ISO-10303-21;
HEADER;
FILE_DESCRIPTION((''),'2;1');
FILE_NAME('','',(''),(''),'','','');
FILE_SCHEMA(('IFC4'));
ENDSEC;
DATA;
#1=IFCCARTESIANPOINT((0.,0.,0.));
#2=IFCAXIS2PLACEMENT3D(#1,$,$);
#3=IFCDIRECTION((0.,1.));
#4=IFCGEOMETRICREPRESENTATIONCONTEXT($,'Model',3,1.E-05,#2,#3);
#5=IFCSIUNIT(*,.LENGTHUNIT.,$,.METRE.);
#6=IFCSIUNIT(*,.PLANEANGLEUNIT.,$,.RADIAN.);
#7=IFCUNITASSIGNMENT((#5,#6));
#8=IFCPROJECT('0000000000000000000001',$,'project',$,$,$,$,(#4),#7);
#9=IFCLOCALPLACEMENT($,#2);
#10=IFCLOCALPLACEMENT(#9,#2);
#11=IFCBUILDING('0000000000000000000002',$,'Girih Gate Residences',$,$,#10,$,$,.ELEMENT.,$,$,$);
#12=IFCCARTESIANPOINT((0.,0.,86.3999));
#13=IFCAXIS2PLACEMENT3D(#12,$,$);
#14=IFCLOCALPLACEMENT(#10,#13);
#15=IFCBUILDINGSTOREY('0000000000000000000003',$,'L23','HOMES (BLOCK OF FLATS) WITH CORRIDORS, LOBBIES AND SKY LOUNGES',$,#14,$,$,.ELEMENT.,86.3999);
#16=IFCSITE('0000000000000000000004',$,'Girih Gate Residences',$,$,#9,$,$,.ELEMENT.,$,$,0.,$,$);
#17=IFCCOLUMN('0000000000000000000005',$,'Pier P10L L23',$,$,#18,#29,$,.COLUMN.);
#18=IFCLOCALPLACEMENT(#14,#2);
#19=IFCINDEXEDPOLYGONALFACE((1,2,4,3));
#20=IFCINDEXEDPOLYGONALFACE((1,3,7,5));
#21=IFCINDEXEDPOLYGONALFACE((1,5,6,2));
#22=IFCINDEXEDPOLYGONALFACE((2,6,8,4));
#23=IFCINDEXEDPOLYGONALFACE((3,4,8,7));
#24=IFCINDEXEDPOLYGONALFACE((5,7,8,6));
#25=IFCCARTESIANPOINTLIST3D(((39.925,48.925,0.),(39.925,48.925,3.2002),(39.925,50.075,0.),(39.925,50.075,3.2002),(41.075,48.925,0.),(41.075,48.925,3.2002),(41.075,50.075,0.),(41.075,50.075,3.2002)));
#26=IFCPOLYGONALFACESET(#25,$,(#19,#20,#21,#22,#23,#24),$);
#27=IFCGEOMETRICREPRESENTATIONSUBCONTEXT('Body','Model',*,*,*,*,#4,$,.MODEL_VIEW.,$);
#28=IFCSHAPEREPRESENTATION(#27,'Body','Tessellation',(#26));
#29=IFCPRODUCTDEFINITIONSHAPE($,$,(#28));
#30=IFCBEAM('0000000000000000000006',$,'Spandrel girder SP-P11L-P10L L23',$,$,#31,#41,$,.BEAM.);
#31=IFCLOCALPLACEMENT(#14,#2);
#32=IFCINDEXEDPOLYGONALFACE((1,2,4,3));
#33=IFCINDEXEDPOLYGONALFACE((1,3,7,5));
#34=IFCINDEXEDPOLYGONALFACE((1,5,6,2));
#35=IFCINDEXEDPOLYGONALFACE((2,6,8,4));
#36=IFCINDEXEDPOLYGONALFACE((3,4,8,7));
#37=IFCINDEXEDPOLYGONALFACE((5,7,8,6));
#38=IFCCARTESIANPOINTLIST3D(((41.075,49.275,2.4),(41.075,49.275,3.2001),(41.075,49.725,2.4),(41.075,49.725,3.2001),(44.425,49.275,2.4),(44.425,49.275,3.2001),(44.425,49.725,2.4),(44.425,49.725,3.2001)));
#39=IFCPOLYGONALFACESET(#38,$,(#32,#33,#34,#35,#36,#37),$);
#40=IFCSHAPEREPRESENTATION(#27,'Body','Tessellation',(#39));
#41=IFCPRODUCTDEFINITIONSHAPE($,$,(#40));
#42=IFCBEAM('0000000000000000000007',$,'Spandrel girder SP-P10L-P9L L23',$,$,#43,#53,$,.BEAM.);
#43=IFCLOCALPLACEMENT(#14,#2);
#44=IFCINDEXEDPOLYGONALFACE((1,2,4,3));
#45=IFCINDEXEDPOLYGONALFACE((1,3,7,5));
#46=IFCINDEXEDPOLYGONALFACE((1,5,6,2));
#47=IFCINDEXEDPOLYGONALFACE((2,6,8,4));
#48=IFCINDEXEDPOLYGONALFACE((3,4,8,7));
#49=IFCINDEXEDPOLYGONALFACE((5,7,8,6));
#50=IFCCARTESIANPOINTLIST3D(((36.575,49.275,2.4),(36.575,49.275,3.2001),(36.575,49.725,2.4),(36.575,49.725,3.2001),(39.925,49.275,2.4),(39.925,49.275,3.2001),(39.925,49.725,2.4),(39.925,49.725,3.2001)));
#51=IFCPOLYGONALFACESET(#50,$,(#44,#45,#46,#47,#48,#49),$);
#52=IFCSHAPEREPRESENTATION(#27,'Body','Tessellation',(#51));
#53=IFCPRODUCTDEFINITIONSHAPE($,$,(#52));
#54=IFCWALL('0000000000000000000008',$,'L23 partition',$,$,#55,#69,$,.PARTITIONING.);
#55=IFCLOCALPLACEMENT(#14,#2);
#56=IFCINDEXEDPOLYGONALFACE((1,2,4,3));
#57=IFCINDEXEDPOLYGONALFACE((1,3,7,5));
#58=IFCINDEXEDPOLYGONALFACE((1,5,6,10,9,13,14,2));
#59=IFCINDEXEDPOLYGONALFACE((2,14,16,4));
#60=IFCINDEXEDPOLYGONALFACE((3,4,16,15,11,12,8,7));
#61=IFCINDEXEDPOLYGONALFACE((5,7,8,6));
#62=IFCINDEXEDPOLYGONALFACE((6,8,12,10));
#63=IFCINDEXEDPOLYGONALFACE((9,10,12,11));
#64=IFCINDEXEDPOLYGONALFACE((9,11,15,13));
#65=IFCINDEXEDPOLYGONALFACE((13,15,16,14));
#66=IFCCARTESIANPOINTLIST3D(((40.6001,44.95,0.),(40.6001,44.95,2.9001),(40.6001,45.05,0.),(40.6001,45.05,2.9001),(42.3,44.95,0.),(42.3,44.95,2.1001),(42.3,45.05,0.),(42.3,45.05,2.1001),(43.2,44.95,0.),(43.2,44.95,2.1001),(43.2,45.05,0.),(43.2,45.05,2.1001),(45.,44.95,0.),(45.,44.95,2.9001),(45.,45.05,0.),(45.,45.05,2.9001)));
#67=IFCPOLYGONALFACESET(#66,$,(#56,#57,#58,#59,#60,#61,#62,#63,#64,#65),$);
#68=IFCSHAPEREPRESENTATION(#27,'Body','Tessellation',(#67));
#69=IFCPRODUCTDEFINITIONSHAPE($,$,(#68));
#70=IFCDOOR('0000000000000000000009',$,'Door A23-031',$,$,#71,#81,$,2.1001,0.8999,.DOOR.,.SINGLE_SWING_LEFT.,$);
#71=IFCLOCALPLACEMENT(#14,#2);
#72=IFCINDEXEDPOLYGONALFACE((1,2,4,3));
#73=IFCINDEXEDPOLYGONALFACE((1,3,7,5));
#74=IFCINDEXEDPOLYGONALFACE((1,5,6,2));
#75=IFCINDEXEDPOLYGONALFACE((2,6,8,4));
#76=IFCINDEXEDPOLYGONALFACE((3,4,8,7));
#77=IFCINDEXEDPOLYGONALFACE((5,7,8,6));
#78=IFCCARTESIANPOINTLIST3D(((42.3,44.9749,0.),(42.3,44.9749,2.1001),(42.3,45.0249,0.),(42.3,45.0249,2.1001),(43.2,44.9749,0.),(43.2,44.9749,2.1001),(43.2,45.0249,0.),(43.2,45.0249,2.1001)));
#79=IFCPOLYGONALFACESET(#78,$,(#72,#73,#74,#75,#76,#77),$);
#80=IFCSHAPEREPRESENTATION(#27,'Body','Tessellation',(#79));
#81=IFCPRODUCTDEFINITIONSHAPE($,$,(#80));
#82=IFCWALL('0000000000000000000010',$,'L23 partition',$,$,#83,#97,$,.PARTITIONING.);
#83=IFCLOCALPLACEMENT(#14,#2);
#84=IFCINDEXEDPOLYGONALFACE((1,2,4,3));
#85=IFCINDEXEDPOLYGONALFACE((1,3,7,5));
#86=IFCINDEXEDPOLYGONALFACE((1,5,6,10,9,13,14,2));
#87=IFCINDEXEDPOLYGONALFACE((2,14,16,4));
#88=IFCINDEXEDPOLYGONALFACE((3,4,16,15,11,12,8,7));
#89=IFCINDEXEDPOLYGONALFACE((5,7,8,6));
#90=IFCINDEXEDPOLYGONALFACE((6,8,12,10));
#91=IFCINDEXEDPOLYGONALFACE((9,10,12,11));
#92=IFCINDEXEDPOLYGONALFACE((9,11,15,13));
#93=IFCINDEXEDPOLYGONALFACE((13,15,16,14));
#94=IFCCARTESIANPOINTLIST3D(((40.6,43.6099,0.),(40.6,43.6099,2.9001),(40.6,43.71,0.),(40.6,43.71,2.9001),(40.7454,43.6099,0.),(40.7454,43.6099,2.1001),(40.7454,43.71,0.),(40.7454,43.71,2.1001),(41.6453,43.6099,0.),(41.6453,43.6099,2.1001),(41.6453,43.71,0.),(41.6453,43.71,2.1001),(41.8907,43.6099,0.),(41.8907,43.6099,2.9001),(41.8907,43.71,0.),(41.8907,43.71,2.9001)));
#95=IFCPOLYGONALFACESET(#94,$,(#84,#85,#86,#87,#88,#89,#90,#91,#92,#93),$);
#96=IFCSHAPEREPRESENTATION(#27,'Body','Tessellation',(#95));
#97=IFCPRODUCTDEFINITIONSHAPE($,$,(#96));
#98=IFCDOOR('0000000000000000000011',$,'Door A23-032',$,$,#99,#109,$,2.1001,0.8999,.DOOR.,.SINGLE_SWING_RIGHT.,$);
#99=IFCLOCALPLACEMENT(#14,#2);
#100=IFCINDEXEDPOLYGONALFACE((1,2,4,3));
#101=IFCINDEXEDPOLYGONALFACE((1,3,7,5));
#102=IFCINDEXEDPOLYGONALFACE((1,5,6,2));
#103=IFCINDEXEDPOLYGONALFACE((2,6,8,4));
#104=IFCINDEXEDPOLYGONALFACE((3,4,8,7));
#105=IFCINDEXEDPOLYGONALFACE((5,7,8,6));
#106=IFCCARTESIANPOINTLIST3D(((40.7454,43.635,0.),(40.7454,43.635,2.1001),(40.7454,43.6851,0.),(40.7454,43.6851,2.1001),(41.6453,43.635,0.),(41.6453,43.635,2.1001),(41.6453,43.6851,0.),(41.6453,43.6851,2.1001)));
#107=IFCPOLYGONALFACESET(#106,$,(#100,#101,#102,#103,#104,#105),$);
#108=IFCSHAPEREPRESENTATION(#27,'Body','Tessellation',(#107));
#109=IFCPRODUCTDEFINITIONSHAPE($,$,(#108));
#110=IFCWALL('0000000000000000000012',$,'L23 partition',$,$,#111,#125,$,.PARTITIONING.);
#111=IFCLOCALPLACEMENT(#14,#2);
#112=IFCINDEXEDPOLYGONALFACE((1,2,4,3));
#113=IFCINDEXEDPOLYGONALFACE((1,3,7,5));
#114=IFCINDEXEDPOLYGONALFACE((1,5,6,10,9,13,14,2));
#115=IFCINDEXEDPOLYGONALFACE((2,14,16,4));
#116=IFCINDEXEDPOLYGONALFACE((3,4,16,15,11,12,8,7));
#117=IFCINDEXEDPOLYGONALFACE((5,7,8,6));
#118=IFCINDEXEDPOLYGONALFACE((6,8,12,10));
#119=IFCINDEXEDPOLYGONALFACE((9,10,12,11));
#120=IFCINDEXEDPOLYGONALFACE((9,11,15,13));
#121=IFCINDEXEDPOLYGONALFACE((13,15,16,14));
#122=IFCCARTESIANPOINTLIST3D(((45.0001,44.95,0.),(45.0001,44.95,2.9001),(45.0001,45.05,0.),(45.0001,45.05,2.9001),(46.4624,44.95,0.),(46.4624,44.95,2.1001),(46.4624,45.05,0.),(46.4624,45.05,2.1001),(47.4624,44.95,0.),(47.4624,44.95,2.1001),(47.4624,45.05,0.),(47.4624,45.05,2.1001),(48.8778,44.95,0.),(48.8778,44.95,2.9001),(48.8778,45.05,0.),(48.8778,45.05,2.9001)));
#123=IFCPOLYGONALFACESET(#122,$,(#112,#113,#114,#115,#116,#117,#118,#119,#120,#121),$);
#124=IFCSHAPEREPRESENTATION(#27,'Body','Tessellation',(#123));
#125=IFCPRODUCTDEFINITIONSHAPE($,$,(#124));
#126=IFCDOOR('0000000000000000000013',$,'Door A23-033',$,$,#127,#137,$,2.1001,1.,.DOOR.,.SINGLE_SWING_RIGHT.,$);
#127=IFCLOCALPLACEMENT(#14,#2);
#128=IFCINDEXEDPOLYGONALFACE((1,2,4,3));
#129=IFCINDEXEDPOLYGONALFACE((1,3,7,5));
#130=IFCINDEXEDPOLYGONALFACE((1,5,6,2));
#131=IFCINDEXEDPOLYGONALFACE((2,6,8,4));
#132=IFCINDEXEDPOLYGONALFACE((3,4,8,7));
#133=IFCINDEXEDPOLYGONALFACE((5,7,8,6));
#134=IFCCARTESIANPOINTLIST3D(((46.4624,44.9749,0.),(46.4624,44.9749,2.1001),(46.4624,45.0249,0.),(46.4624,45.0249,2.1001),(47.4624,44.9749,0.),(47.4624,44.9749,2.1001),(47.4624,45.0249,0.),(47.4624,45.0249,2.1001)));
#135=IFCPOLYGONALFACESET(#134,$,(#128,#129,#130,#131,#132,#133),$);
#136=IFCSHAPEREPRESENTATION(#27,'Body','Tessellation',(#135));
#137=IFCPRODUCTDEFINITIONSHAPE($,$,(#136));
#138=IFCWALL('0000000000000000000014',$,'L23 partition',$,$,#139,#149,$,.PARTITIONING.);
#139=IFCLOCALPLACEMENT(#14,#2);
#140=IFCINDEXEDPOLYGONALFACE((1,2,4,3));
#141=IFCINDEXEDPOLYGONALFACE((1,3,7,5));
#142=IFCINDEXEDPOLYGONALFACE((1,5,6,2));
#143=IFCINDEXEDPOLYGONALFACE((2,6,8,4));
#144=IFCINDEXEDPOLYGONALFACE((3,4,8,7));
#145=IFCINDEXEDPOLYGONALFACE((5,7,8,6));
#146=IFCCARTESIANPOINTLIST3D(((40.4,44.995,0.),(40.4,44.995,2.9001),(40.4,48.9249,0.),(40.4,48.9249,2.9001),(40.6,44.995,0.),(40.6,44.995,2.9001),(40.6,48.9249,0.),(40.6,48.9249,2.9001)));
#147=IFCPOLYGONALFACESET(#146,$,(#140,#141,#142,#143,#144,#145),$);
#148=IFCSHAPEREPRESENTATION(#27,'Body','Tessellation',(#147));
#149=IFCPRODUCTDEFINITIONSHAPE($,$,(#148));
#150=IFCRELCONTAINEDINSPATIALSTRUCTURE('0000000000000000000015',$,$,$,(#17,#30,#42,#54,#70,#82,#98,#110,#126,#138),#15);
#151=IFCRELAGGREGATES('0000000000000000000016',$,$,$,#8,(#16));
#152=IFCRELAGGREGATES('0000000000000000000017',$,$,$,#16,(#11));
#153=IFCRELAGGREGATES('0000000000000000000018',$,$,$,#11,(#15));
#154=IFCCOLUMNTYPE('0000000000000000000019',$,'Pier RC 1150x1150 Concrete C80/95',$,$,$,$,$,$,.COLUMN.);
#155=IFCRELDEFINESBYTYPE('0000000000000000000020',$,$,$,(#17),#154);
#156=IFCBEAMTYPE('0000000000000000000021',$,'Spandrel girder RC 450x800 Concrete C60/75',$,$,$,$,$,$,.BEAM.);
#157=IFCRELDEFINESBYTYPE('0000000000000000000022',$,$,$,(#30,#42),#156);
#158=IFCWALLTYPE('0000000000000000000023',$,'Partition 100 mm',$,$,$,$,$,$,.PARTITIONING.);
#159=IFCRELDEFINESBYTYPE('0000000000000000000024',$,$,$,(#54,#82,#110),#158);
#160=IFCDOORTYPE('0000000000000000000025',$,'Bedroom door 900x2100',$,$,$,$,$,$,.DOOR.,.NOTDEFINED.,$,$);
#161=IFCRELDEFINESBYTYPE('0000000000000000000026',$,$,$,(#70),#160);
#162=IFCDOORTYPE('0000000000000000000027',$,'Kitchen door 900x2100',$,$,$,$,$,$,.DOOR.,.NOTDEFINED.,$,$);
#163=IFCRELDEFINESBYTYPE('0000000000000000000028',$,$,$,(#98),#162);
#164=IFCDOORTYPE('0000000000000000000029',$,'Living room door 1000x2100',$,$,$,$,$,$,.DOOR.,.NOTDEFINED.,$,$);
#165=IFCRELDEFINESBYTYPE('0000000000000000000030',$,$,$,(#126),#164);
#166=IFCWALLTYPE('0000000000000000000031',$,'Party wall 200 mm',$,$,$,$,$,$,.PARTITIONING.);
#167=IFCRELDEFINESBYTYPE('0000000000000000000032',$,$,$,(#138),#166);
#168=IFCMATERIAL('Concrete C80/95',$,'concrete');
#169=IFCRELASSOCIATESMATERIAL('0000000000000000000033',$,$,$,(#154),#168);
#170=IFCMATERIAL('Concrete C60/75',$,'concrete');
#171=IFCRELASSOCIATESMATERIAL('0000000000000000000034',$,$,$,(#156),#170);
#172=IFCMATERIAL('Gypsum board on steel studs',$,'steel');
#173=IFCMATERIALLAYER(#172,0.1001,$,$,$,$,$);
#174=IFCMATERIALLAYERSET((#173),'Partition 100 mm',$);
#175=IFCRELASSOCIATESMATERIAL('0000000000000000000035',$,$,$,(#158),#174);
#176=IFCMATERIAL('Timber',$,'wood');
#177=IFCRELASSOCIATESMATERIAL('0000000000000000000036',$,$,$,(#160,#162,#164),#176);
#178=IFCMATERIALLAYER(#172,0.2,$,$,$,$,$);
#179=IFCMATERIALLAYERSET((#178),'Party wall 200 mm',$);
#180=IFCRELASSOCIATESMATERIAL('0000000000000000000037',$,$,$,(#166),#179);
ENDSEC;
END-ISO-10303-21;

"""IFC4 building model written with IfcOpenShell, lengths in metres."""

from ifc_helpers import new_model, si_unit, direction, frame, frame_2d, origin, origin_2d, place, context, subcontext, project, spatial, rectangle, extrude, material, layer, layer_set, material_profile, profile_set, type_object, element, fill, save


model = new_model("IFC4")

# Units and contexts
model_context = context("Model", 3, precision=1e-05, world=origin(), true_north=direction((0.0, 1.0)))
body_context = subcontext(model_context, "Body", "Model", "MODEL_VIEW")
ifc_project = project(units=[si_unit("LENGTHUNIT", "METRE"), si_unit("PLANEANGLEUNIT", "RADIAN")], contexts=[model_context])

# Site, building, storey
site_placement = place(None, origin())
site = spatial("IfcSite", under=ifc_project, at=site_placement, Name="Girih Gate Residences", CompositionType="ELEMENT", RefElevation=0.0)
building_placement = place(site_placement, origin())
building = spatial("IfcBuilding", under=site, at=building_placement, Name="Girih Gate Residences", CompositionType="ELEMENT")
storey_placement = place(building_placement, frame((0.0, 0.0, 86.3999)))
storey = spatial("IfcBuildingStorey", under=building, at=storey_placement, Name="L23", Description="HOMES (BLOCK OF FLATS) WITH CORRIDORS, LOBBIES AND SKY LOUNGES", CompositionType="ELEMENT", Elevation=86.3999)

# Column
ifc_material_1 = material(Name="Concrete C80/95", Category="concrete")
ifc_material_profile_1 = material_profile(ifc_material_1, rectangle(XDim=1.1499, YDim=1.1499, at=origin_2d()))
ifc_profile_set_1 = profile_set([ifc_material_profile_1], Name="Concrete C80/95")
column_type = type_object("IfcColumnType", Name="Pier RC 1150x1150 Concrete C80/95", PredefinedType="COLUMN", material=ifc_profile_set_1)
column_placement = place(storey_placement, frame((40.5, 49.5, 0.0), z_axis=(0.0, 0.0, 1.0), x_axis=(1.0, 0.0, 0.0)))
element("IfcColumn", 1, at=column_placement, inside=storey, type_object=column_type, Name="Pier P10L L23", PredefinedType="COLUMN", context=body_context, shape_type="SweptSolid", body=[
    extrude(rectangle(XDim=1.1499, YDim=1.1499, at=origin_2d()), origin(), (0.0, 0.0, 1.0), 3.2002),
])

# Beams
ifc_material_2 = material(Name="Concrete C60/75", Category="concrete")
ifc_material_profile_2 = material_profile(ifc_material_2, rectangle(XDim=0.45, YDim=0.8, at=origin_2d()))
ifc_profile_set_2 = profile_set([ifc_material_profile_2], Name="Concrete C60/75")
beam_type = type_object("IfcBeamType", Name="Spandrel girder RC 450x800 Concrete C60/75", PredefinedType="BEAM", material=ifc_profile_set_2)
for number, where, z_axis, x_axis, name in (
    (2, (44.425, 49.5, 2.8), (-1.0, 0.0, 0.0), (0.0, -1.0, 0.0), "Spandrel girder SP-P11L-P10L L23"),
    (3, (39.925, 49.5, 2.8), (-1.0, 0.0, 0.0), (0.0, -1.0, 0.0), "Spandrel girder SP-P10L-P9L L23"),
):
    element("IfcBeam", number, at=place(storey_placement, frame(where, z_axis=z_axis, x_axis=x_axis)), inside=storey, type_object=beam_type, Name=name, PredefinedType="BEAM", context=body_context, shape_type="SweptSolid", body=[
        extrude(rectangle(XDim=0.45, YDim=0.8, at=origin_2d()), origin(), (0.0, 0.0, 1.0), 3.3501),
    ])

# Walls, openings, doors
ifc_material_3 = material(Name="Gypsum board on steel studs", Category="steel")
ifc_layer_1 = layer(ifc_material_3, 0.1001)
ifc_layer_set_1 = layer_set([ifc_layer_1], Name="Partition 100 mm")
wall_type_1 = type_object("IfcWallType", Name="Partition 100 mm", PredefinedType="PARTITIONING", material=ifc_layer_set_1)
wall_1_placement = place(storey_placement, frame((40.6001, 45.0, 0.0), z_axis=(0.0, 0.0, 1.0), x_axis=(1.0, 0.0, 0.0)))
wall_1 = element("IfcWall", 4, at=wall_1_placement, inside=storey, type_object=wall_type_1, Name="L23 partition", PredefinedType="PARTITIONING", context=body_context, shape_type="SweptSolid", body=[
    extrude(rectangle(XDim=4.3999, YDim=0.1001, at=frame_2d((2.2, 0.0))), origin(), (0.0, 0.0, 1.0), 2.9001),
])
opening_1_placement = place(wall_1_placement, frame((1.7, 0.0, 0.0)))
opening_1 = element("IfcOpeningElement", 5, at=opening_1_placement, cuts=wall_1, PredefinedType="OPENING", context=body_context, shape_type="SweptSolid", body=[
    extrude(rectangle(XDim=0.8999, YDim=2.1001, at=frame_2d((0.45, 1.05))), frame((0.0, 0.0601, 0.0), z_axis=(0.0, -1.0, 0.0), x_axis=(1.0, 0.0, 0.0)), (0.0, 0.0, 1.0), 0.1201),
])
ifc_material_4 = material(Name="Timber", Category="wood")
door_type_1 = type_object("IfcDoorType", Name="Bedroom door 900x2100", OperationType="NOTDEFINED", PredefinedType="DOOR", material=ifc_material_4)
door_1_placement = place(opening_1_placement, origin())
door_1 = element("IfcDoor", 6, at=door_1_placement, inside=storey, type_object=door_type_1, Name="Door A23-031", OperationType="SINGLE_SWING_LEFT", OverallHeight=2.1001, OverallWidth=0.8999, PredefinedType="DOOR", context=body_context, shape_type="SweptSolid", body=[
    extrude(rectangle(XDim=0.8999, YDim=2.1001, at=frame_2d((0.45, 1.05))), frame((0.0, 0.0249, 0.0), z_axis=(0.0, -1.0, 0.0), x_axis=(1.0, 0.0, 0.0)), (0.0, 0.0, 1.0), 0.05),
])
fill(opening_1, door_1)
wall_2_placement = place(storey_placement, frame((41.8909, 43.6599, 0.0), z_axis=(0.0, 0.0, 1.0), x_axis=(-1.0, 0.0, 0.0)))
wall_2 = element("IfcWall", 7, at=wall_2_placement, inside=storey, type_object=wall_type_1, Name="L23 partition", PredefinedType="PARTITIONING", context=body_context, shape_type="SweptSolid", body=[
    extrude(rectangle(XDim=1.2908, YDim=0.1001, at=frame_2d((0.6455, 0.0))), origin(), (0.0, 0.0, 1.0), 2.9001),
])
opening_2_placement = place(wall_2_placement, frame((0.2456, 0.0, 0.0)))
opening_2 = element("IfcOpeningElement", 8, at=opening_2_placement, cuts=wall_2, PredefinedType="OPENING", context=body_context, shape_type="SweptSolid", body=[
    extrude(rectangle(XDim=0.8999, YDim=2.1001, at=frame_2d((0.45, 1.05))), frame((0.0, 0.0601, 0.0), z_axis=(0.0, -1.0, 0.0), x_axis=(1.0, 0.0, 0.0)), (0.0, 0.0, 1.0), 0.1201),
])
door_type_2 = type_object("IfcDoorType", Name="Kitchen door 900x2100", OperationType="NOTDEFINED", PredefinedType="DOOR", material=ifc_material_4)
door_2_placement = place(opening_2_placement, origin())
door_2 = element("IfcDoor", 9, at=door_2_placement, inside=storey, type_object=door_type_2, Name="Door A23-032", OperationType="SINGLE_SWING_RIGHT", OverallHeight=2.1001, OverallWidth=0.8999, PredefinedType="DOOR", context=body_context, shape_type="SweptSolid", body=[
    extrude(rectangle(XDim=0.8999, YDim=2.1001, at=frame_2d((0.45, 1.05))), frame((0.0, 0.0249, 0.0), z_axis=(0.0, -1.0, 0.0), x_axis=(1.0, 0.0, 0.0)), (0.0, 0.0, 1.0), 0.05),
])
fill(opening_2, door_2)
wall_3_placement = place(storey_placement, frame((45.0, 45.0, 0.0), z_axis=(0.0, 0.0, 1.0), x_axis=(1.0, 0.0, 0.0)))
wall_3 = element("IfcWall", 10, at=wall_3_placement, inside=storey, type_object=wall_type_1, Name="L23 partition", PredefinedType="PARTITIONING", context=body_context, shape_type="SweptSolid", body=[
    extrude(rectangle(XDim=3.8777, YDim=0.1001, at=frame_2d((1.939, 0.0))), origin(), (0.0, 0.0, 1.0), 2.9001),
])
opening_3_placement = place(wall_3_placement, frame((1.4624, 0.0, 0.0)))
opening_3 = element("IfcOpeningElement", 11, at=opening_3_placement, cuts=wall_3, PredefinedType="OPENING", context=body_context, shape_type="SweptSolid", body=[
    extrude(rectangle(XDim=1.0, YDim=2.1001, at=frame_2d((0.5, 1.05))), frame((0.0, 0.0601, 0.0), z_axis=(0.0, -1.0, 0.0), x_axis=(1.0, 0.0, 0.0)), (0.0, 0.0, 1.0), 0.1201),
])
door_type_3 = type_object("IfcDoorType", Name="Living room door 1000x2100", OperationType="NOTDEFINED", PredefinedType="DOOR", material=ifc_material_4)
door_3_placement = place(opening_3_placement, origin())
door_3 = element("IfcDoor", 12, at=door_3_placement, inside=storey, type_object=door_type_3, Name="Door A23-033", OperationType="SINGLE_SWING_RIGHT", OverallHeight=2.1001, OverallWidth=1.0, PredefinedType="DOOR", context=body_context, shape_type="SweptSolid", body=[
    extrude(rectangle(XDim=1.0, YDim=2.1001, at=frame_2d((0.5, 1.05))), frame((0.0, 0.0249, 0.0), z_axis=(0.0, -1.0, 0.0), x_axis=(1.0, 0.0, 0.0)), (0.0, 0.0, 1.0), 0.05),
])
fill(opening_3, door_3)

# Wall
ifc_layer_2 = layer(ifc_material_3, 0.2)
ifc_layer_set_2 = layer_set([ifc_layer_2], Name="Party wall 200 mm")
wall_type_2 = type_object("IfcWallType", Name="Party wall 200 mm", PredefinedType="PARTITIONING", material=ifc_layer_set_2)
wall_4_placement = place(storey_placement, frame((40.5, 44.9951, 0.0), z_axis=(0.0, 0.0, 1.0), x_axis=(0.0, 1.0, 0.0)))
element("IfcWall", 13, at=wall_4_placement, inside=storey, type_object=wall_type_2, Name="L23 partition", PredefinedType="PARTITIONING", context=body_context, shape_type="SweptSolid", body=[
    extrude(rectangle(XDim=3.9299, YDim=0.2, at=frame_2d((1.9648, 0.0))), origin(), (0.0, 0.0, 1.0), 2.9001),
])

save(model, "model.ifc")
